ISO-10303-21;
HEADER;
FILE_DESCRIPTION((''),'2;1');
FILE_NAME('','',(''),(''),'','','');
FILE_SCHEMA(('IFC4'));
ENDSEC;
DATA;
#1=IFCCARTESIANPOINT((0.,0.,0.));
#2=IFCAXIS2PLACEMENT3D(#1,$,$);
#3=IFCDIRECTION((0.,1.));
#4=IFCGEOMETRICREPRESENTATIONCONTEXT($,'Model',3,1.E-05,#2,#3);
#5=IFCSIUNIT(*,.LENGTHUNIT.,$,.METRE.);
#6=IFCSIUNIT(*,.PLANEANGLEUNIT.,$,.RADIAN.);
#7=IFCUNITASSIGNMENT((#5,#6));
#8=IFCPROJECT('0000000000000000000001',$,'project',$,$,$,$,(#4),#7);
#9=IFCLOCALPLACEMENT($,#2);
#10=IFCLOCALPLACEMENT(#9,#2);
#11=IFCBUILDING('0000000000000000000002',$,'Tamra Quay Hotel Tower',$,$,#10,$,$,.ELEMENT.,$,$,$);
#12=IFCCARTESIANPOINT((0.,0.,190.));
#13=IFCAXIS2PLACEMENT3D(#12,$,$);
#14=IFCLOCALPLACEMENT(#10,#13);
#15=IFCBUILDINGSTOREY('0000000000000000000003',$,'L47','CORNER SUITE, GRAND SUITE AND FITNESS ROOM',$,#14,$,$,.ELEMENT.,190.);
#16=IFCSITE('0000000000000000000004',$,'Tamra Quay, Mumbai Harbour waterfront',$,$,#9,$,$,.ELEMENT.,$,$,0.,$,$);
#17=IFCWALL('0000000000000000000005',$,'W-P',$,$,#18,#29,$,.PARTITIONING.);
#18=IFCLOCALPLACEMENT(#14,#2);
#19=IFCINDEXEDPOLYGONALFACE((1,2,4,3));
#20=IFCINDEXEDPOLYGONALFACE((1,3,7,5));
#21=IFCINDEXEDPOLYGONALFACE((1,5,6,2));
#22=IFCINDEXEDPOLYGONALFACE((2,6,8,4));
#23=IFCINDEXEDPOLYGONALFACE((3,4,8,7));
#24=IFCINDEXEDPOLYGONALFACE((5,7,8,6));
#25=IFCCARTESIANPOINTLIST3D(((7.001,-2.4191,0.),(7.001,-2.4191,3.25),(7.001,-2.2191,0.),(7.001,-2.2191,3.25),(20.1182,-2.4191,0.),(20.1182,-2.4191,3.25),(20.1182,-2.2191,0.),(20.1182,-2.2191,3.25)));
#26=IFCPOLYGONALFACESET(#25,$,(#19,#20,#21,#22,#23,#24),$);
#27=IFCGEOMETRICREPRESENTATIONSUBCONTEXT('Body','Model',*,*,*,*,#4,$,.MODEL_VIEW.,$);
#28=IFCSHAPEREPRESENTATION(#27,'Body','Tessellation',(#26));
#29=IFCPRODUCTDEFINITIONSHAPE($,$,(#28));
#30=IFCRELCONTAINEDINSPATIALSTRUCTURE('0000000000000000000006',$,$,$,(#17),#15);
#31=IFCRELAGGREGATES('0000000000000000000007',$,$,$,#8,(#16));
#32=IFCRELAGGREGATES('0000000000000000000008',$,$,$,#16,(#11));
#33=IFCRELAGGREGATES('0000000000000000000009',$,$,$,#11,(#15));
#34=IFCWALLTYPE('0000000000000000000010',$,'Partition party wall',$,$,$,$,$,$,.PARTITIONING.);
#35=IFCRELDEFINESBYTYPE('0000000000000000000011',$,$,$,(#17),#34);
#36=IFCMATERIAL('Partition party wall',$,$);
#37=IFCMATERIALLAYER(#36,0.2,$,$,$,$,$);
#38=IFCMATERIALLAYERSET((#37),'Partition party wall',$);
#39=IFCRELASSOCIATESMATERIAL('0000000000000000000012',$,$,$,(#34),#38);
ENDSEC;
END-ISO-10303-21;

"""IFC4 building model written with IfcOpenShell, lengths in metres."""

from ifc_helpers import new_model, si_unit, direction, frame, frame_2d, origin, place, context, subcontext, project, spatial, rectangle, extrude, material, layer, layer_set, type_object, element, save


model = new_model("IFC4")

# Units and contexts
model_context = context("Model", 3, precision=1e-05, world=origin(), true_north=direction((0.0, 1.0)))
body_context = subcontext(model_context, "Body", "Model", "MODEL_VIEW")
ifc_project = project(units=[si_unit("LENGTHUNIT", "METRE"), si_unit("PLANEANGLEUNIT", "RADIAN")], contexts=[model_context])

# Site, building, storey
site_placement = place(None, origin())
site = spatial("IfcSite", under=ifc_project, at=site_placement, Name="Tamra Quay, Mumbai Harbour waterfront", CompositionType="ELEMENT", RefElevation=0.0)
building_placement = place(site_placement, origin())
building = spatial("IfcBuilding", under=site, at=building_placement, Name="Tamra Quay Hotel Tower", CompositionType="ELEMENT")
storey_placement = place(building_placement, frame((0.0, 0.0, 190.0)))
storey = spatial("IfcBuildingStorey", under=building, at=storey_placement, Name="L47", Description="CORNER SUITE, GRAND SUITE AND FITNESS ROOM", CompositionType="ELEMENT", Elevation=190.0)

# Wall
ifc_material_1 = material(Name="Partition party wall")
ifc_layer_1 = layer(ifc_material_1, 0.2)
ifc_layer_set_1 = layer_set([ifc_layer_1], Name="Partition party wall")
wall_type_1 = type_object("IfcWallType", Name="Partition party wall", PredefinedType="PARTITIONING", material=ifc_layer_set_1)
wall_1_placement = place(storey_placement, frame((7.001, -2.3191, 0.0), z_axis=(0.0, 0.0, 1.0), x_axis=(1.0, 0.0, 0.0)))
element("IfcWall", 1, at=wall_1_placement, inside=storey, type_object=wall_type_1, Name="W-P", PredefinedType="PARTITIONING", context=body_context, shape_type="SweptSolid", body=[
    extrude(rectangle(XDim=13.1172, YDim=0.2, at=frame_2d((6.5586, 0.0))), origin(), (0.0, 0.0, 1.0), 3.25),
])

save(model, "model.ifc")
